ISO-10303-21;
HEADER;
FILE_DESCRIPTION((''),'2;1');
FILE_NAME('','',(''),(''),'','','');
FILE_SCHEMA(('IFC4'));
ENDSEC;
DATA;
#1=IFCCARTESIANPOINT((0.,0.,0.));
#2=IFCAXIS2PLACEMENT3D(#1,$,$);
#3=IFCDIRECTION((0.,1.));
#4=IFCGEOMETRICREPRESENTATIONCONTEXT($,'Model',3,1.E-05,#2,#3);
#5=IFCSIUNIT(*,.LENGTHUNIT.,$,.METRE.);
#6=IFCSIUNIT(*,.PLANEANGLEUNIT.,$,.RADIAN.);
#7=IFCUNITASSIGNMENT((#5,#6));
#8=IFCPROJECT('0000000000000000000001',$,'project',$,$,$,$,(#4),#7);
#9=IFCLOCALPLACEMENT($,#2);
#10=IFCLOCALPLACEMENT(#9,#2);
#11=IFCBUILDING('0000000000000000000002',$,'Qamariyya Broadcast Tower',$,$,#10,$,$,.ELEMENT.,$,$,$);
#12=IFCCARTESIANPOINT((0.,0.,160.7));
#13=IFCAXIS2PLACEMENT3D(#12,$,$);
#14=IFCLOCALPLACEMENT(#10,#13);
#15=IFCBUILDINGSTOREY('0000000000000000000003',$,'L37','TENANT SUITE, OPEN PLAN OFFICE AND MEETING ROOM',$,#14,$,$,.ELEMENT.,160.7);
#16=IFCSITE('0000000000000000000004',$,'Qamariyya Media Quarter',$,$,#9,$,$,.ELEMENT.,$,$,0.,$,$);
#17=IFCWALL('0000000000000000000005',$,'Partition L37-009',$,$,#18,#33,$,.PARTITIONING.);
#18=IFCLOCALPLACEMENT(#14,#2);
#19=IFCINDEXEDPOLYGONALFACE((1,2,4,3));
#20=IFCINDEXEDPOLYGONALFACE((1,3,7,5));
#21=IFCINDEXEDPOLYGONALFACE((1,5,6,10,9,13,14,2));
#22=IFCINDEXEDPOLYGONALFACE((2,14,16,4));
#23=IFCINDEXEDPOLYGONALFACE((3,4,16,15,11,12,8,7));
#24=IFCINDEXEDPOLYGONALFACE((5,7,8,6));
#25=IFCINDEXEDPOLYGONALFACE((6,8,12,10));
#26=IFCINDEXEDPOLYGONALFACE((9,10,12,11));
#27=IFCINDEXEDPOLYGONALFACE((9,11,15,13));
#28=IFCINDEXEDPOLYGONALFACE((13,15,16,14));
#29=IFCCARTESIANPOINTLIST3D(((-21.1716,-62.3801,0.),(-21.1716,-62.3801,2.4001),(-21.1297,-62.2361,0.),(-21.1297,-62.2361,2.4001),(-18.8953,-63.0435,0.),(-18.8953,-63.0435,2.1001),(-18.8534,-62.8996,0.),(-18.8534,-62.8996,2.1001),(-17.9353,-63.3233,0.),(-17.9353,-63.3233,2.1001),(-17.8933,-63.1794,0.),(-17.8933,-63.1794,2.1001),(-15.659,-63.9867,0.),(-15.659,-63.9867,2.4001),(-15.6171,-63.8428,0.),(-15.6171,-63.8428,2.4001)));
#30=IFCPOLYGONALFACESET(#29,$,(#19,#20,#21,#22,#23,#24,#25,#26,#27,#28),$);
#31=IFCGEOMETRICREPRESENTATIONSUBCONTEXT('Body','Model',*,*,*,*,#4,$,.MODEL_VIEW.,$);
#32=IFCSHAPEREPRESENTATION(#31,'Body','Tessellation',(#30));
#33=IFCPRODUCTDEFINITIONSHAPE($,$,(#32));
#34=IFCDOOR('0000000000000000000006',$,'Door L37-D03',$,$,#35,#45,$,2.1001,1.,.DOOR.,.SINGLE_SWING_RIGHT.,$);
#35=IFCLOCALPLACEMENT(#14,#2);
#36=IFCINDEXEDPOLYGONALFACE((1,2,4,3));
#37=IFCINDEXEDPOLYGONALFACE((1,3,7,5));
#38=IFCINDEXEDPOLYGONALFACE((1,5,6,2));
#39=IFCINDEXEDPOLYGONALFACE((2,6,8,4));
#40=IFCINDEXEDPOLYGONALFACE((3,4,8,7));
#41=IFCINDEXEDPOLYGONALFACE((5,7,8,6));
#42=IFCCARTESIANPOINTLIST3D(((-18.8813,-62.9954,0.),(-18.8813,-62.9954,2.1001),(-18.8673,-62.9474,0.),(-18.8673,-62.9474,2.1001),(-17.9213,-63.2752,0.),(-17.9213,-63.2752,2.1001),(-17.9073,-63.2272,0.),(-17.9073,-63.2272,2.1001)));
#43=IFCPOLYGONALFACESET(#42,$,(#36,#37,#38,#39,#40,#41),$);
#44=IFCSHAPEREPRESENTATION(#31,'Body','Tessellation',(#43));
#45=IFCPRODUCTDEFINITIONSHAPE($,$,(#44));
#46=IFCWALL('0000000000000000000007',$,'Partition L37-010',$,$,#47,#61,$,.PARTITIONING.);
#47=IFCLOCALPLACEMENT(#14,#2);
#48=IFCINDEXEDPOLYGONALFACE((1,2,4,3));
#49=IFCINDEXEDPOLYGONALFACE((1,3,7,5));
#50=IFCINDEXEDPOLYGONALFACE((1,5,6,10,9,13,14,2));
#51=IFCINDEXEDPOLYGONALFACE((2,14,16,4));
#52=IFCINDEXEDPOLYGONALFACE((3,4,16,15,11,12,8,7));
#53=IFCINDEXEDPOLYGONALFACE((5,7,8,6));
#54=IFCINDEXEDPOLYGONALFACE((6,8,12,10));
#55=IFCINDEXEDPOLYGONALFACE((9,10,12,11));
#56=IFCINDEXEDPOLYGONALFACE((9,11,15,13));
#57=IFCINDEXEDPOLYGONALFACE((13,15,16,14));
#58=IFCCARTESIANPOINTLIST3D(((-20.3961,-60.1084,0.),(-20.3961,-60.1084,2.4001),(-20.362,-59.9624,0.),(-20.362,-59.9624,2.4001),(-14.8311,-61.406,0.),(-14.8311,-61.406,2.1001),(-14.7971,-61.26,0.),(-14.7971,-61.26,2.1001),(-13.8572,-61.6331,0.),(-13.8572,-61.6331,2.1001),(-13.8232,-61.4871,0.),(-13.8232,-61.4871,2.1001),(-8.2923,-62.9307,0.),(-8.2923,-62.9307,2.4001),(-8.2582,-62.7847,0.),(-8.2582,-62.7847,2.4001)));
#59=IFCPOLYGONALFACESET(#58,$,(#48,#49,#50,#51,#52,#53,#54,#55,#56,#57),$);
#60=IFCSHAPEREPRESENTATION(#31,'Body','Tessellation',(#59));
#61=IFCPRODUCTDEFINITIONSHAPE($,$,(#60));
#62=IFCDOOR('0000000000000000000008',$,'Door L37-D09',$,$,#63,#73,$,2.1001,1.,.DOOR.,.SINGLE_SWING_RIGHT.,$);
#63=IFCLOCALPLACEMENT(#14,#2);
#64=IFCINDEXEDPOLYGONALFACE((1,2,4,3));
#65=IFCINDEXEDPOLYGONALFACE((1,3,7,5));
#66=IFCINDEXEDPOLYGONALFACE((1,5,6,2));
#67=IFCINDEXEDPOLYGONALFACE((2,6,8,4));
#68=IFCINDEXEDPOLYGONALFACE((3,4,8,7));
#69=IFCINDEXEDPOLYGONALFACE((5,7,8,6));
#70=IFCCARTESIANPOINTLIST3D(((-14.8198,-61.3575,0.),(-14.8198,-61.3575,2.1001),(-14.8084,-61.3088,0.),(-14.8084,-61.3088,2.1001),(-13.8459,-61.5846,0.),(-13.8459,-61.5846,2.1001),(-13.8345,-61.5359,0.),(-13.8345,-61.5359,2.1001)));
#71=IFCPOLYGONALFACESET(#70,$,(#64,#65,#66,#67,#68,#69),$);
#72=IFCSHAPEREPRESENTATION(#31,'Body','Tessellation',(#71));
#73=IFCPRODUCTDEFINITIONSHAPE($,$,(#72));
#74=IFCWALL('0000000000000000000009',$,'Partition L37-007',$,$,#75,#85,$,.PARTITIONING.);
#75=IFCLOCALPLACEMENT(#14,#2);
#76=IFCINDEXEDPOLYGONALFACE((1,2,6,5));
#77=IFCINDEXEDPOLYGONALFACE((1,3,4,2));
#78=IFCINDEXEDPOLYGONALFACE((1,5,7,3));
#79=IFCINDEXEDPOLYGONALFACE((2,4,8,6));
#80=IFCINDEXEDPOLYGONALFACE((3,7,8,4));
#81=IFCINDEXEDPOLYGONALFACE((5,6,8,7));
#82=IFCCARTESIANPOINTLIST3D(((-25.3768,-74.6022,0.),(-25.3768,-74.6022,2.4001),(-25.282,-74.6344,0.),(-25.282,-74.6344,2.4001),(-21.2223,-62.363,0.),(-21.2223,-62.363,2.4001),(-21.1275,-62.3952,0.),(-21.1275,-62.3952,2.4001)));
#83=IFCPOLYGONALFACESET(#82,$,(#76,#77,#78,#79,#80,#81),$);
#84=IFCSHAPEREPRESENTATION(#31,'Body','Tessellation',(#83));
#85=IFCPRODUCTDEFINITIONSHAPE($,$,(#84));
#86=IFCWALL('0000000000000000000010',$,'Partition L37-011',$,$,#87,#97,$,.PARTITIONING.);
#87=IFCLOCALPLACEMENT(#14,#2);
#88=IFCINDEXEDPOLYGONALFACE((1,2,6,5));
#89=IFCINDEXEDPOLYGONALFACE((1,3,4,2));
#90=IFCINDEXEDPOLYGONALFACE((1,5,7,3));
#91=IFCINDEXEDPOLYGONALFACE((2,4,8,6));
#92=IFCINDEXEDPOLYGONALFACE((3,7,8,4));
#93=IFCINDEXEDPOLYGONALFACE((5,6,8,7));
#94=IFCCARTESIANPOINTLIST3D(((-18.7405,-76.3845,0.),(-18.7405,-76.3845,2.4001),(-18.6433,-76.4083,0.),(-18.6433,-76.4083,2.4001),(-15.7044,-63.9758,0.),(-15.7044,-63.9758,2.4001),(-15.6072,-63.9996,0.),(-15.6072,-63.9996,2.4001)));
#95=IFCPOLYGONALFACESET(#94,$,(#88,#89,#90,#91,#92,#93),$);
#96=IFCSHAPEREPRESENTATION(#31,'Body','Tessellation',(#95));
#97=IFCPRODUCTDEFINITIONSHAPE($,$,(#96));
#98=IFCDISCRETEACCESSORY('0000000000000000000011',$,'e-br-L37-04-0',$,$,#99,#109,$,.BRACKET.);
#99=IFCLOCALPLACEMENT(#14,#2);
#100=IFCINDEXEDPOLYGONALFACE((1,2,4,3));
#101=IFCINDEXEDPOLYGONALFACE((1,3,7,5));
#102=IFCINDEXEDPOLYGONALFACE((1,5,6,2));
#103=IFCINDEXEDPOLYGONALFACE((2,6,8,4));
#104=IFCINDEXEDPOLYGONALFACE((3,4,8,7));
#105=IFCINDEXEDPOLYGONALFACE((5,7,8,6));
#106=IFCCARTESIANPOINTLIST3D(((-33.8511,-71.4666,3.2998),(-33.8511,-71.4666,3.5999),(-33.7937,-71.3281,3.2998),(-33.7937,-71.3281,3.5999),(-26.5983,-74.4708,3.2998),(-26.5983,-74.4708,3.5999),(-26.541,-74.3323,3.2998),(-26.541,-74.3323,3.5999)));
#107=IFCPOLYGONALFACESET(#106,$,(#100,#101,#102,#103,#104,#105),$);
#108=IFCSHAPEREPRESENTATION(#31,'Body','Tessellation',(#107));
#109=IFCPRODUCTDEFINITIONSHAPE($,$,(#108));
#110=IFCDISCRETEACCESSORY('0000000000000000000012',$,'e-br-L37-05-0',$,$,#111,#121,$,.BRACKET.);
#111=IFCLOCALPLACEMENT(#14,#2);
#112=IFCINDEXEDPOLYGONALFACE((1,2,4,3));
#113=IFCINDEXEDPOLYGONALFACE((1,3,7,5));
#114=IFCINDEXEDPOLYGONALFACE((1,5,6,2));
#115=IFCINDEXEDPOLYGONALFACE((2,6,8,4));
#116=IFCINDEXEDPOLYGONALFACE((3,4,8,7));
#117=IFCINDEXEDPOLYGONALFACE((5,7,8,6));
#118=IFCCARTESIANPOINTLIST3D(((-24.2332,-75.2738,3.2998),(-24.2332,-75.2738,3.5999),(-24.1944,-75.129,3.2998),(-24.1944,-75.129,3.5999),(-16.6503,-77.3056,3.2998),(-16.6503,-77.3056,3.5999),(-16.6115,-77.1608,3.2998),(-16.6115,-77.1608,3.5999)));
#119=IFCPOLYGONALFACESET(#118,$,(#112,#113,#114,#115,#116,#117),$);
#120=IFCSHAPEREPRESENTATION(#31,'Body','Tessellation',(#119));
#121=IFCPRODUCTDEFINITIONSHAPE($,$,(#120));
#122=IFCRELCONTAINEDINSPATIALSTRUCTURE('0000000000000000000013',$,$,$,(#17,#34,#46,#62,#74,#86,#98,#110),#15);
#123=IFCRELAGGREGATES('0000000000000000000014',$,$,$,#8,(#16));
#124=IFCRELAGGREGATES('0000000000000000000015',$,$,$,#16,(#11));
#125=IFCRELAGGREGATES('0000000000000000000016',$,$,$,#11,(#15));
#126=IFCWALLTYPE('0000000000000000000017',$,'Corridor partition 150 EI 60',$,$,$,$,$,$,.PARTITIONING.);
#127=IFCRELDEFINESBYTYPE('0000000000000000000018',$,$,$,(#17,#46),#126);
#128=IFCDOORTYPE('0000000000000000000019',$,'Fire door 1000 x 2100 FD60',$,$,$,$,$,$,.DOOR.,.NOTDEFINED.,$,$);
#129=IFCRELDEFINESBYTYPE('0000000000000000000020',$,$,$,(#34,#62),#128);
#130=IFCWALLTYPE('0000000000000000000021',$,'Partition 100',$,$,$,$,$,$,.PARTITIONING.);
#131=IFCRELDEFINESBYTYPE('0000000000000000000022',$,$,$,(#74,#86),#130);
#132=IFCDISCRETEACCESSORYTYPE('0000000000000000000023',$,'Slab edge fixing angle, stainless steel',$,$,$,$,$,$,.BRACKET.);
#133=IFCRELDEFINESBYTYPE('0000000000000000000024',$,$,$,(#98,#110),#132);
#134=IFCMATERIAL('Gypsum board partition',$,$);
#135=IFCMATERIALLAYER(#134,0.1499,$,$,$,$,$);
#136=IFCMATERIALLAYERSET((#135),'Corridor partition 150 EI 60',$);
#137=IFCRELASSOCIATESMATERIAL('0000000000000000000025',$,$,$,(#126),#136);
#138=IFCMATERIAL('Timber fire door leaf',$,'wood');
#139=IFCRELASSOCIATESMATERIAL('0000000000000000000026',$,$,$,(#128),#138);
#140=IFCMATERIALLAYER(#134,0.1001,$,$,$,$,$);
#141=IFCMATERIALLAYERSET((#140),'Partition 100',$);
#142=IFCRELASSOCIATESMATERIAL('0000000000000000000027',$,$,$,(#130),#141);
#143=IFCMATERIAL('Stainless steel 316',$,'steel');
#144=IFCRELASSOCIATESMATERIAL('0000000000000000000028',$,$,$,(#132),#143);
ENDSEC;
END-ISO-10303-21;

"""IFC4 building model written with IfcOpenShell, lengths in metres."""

from ifc_helpers import new_model, si_unit, direction, frame, frame_2d, origin, origin_2d, place, context, subcontext, project, spatial, rectangle, extrude, material, layer, layer_set, type_object, element, fill, save


model = new_model("IFC4")

# Units and contexts
model_context = context("Model", 3, precision=1e-05, world=origin(), true_north=direction((0.0, 1.0)))
body_context = subcontext(model_context, "Body", "Model", "MODEL_VIEW")
ifc_project = project(units=[si_unit("LENGTHUNIT", "METRE"), si_unit("PLANEANGLEUNIT", "RADIAN")], contexts=[model_context])

# Site, building, storey
site_placement = place(None, origin())
site = spatial("IfcSite", under=ifc_project, at=site_placement, Name="Qamariyya Media Quarter", CompositionType="ELEMENT", RefElevation=0.0)
building_placement = place(site_placement, origin())
building = spatial("IfcBuilding", under=site, at=building_placement, Name="Qamariyya Broadcast Tower", CompositionType="ELEMENT")
storey_placement = place(building_placement, frame((0.0, 0.0, 160.7)))
storey = spatial("IfcBuildingStorey", under=building, at=storey_placement, Name="L37", Description="TENANT SUITE, OPEN PLAN OFFICE AND MEETING ROOM", CompositionType="ELEMENT", Elevation=160.7)

# Shared definitions
ifc_material_1 = material(Name="Gypsum board partition")
ifc_layer_1 = layer(ifc_material_1, 0.1499)
ifc_layer_set_1 = layer_set([ifc_layer_1], Name="Corridor partition 150 EI 60")
wall_type_1 = type_object("IfcWallType", Name="Corridor partition 150 EI 60", PredefinedType="PARTITIONING", material=ifc_layer_set_1)
ifc_material_2 = material(Name="Timber fire door leaf", Category="wood")

# Shared definitions
door_type_1 = type_object("IfcDoorType", Name="Fire door 1000 x 2100 FD60", OperationType="NOTDEFINED", PredefinedType="DOOR", material=ifc_material_2)

# Walls, openings, doors
wall_1_placement = place(storey_placement, frame((-15.6379, -63.9148, 0.0), z_axis=(0.0, 0.0, 1.0), x_axis=(-0.960055, 0.279811, 0.0)))
wall_1 = element("IfcWall", 1, at=wall_1_placement, inside=storey, type_object=wall_type_1, Name="Partition L37-009", PredefinedType="PARTITIONING", context=body_context, shape_type="SweptSolid", body=[
    extrude(rectangle(XDim=5.7419, YDim=0.1499, at=frame_2d((2.8711, 0.0))), origin(), (0.0, 0.0, 1.0), 2.4001),
])
opening_1_placement = place(wall_1_placement, frame((2.3711, 0.0, 0.0)))
opening_1 = element("IfcOpeningElement", 2, at=opening_1_placement, cuts=wall_1, PredefinedType="OPENING", context=body_context, shape_type="SweptSolid", body=[
    extrude(rectangle(XDim=1.0, YDim=2.1001, at=frame_2d((0.5, 1.05))), frame((0.0, 0.085, 0.0), z_axis=(0.0, -1.0, 0.0), x_axis=(1.0, 0.0, 0.0)), (0.0, 0.0, 1.0), 0.1699),
])
door_1_placement = place(opening_1_placement, origin())
door_1 = element("IfcDoor", 3, at=door_1_placement, inside=storey, type_object=door_type_1, Name="Door L37-D03", OperationType="SINGLE_SWING_RIGHT", OverallHeight=2.1001, OverallWidth=1.0, PredefinedType="DOOR", context=body_context, shape_type="SweptSolid", body=[
    extrude(rectangle(XDim=1.0, YDim=2.1001, at=frame_2d((0.5, 1.05))), frame((0.0, 0.0249, 0.0), z_axis=(0.0, -1.0, 0.0), x_axis=(1.0, 0.0, 0.0)), (0.0, 0.0, 1.0), 0.05),
])
fill(opening_1, door_1)
wall_2_placement = place(storey_placement, frame((-20.3792, -60.0354, 0.0), z_axis=(0.0, 0.0, 1.0), x_axis=(0.973876, -0.227081, 0.0)))
wall_2 = element("IfcWall", 4, at=wall_2_placement, inside=storey, type_object=wall_type_1, Name="Partition L37-010", PredefinedType="PARTITIONING", context=body_context, shape_type="SweptSolid", body=[
    extrude(rectangle(XDim=12.4285, YDim=0.1499, at=frame_2d((6.2144, 0.0))), origin(), (0.0, 0.0, 1.0), 2.4001),
])
opening_2_placement = place(wall_2_placement, frame((5.7144, 0.0, 0.0)))
opening_2 = element("IfcOpeningElement", 5, at=opening_2_placement, cuts=wall_2, PredefinedType="OPENING", context=body_context, shape_type="SweptSolid", body=[
    extrude(rectangle(XDim=1.0, YDim=2.1001, at=frame_2d((0.5, 1.05))), frame((0.0, 0.085, 0.0), z_axis=(0.0, -1.0, 0.0), x_axis=(1.0, 0.0, 0.0)), (0.0, 0.0, 1.0), 0.1699),
])
door_2_placement = place(opening_2_placement, origin())
door_2 = element("IfcDoor", 6, at=door_2_placement, inside=storey, type_object=door_type_1, Name="Door L37-D09", OperationType="SINGLE_SWING_RIGHT", OverallHeight=2.1001, OverallWidth=1.0, PredefinedType="DOOR", context=body_context, shape_type="SweptSolid", body=[
    extrude(rectangle(XDim=1.0, YDim=2.1001, at=frame_2d((0.5, 1.05))), frame((0.0, 0.0249, 0.0), z_axis=(0.0, -1.0, 0.0), x_axis=(1.0, 0.0, 0.0)), (0.0, 0.0, 1.0), 0.05),
])
fill(opening_2, door_2)

# Walls
ifc_layer_2 = layer(ifc_material_1, 0.1001)
ifc_layer_set_2 = layer_set([ifc_layer_2], Name="Partition 100")
wall_type_2 = type_object("IfcWallType", Name="Partition 100", PredefinedType="PARTITIONING", material=ifc_layer_set_2)
wall_3_placement = place(storey_placement, frame((-25.3293, -74.6182, 0.0), z_axis=(0.0, 0.0, 1.0), x_axis=(0.321431, 0.946933, 0.0)))
element("IfcWall", 7, at=wall_3_placement, inside=storey, type_object=wall_type_2, Name="Partition L37-007", PredefinedType="PARTITIONING", context=body_context, shape_type="SweptSolid", body=[
    extrude(rectangle(XDim=12.925, YDim=0.1001, at=frame_2d((6.4624, 0.0))), origin(), (0.0, 0.0, 1.0), 2.4001),
])
wall_4_placement = place(storey_placement, frame((-18.6919, -76.3962, 0.0), z_axis=(0.0, 0.0, 1.0), x_axis=(0.237667, 0.971347, 0.0)))
element("IfcWall", 8, at=wall_4_placement, inside=storey, type_object=wall_type_2, Name="Partition L37-011", PredefinedType="PARTITIONING", context=body_context, shape_type="SweptSolid", body=[
    extrude(rectangle(XDim=12.7747, YDim=0.1001, at=frame_2d((6.3872, 0.0))), origin(), (0.0, 0.0, 1.0), 2.4001),
])

# Discrete accessories
ifc_material_3 = material(Name="Stainless steel 316", Category="steel")
discrete_accessory_type = type_object("IfcDiscreteAccessoryType", Name="Slab edge fixing angle, stainless steel", PredefinedType="BRACKET", material=ifc_material_3)
for number, where, z_axis, x_axis, name in (
    (9, (-30.196, -72.8994, 3.2998), (0.0, 0.0, 1.0), (0.92388, -0.382683, 0.0), "e-br-L37-04-0"),
    (10, (-20.4224, -76.2173, 3.2998), (0.0, 0.0, 1.0), (0.965926, -0.258819, 0.0), "e-br-L37-05-0"),
):
    element("IfcDiscreteAccessory", number, at=place(storey_placement, frame(where, z_axis=z_axis, x_axis=x_axis)), inside=storey, type_object=discrete_accessory_type, Name=name, PredefinedType="BRACKET", context=body_context, shape_type="SweptSolid", body=[
        extrude(rectangle(XDim=7.8503, YDim=0.1499, at=origin_2d()), origin(), (0.0, 0.0, 1.0), 0.3),
    ])

save(model, "model.ifc")
